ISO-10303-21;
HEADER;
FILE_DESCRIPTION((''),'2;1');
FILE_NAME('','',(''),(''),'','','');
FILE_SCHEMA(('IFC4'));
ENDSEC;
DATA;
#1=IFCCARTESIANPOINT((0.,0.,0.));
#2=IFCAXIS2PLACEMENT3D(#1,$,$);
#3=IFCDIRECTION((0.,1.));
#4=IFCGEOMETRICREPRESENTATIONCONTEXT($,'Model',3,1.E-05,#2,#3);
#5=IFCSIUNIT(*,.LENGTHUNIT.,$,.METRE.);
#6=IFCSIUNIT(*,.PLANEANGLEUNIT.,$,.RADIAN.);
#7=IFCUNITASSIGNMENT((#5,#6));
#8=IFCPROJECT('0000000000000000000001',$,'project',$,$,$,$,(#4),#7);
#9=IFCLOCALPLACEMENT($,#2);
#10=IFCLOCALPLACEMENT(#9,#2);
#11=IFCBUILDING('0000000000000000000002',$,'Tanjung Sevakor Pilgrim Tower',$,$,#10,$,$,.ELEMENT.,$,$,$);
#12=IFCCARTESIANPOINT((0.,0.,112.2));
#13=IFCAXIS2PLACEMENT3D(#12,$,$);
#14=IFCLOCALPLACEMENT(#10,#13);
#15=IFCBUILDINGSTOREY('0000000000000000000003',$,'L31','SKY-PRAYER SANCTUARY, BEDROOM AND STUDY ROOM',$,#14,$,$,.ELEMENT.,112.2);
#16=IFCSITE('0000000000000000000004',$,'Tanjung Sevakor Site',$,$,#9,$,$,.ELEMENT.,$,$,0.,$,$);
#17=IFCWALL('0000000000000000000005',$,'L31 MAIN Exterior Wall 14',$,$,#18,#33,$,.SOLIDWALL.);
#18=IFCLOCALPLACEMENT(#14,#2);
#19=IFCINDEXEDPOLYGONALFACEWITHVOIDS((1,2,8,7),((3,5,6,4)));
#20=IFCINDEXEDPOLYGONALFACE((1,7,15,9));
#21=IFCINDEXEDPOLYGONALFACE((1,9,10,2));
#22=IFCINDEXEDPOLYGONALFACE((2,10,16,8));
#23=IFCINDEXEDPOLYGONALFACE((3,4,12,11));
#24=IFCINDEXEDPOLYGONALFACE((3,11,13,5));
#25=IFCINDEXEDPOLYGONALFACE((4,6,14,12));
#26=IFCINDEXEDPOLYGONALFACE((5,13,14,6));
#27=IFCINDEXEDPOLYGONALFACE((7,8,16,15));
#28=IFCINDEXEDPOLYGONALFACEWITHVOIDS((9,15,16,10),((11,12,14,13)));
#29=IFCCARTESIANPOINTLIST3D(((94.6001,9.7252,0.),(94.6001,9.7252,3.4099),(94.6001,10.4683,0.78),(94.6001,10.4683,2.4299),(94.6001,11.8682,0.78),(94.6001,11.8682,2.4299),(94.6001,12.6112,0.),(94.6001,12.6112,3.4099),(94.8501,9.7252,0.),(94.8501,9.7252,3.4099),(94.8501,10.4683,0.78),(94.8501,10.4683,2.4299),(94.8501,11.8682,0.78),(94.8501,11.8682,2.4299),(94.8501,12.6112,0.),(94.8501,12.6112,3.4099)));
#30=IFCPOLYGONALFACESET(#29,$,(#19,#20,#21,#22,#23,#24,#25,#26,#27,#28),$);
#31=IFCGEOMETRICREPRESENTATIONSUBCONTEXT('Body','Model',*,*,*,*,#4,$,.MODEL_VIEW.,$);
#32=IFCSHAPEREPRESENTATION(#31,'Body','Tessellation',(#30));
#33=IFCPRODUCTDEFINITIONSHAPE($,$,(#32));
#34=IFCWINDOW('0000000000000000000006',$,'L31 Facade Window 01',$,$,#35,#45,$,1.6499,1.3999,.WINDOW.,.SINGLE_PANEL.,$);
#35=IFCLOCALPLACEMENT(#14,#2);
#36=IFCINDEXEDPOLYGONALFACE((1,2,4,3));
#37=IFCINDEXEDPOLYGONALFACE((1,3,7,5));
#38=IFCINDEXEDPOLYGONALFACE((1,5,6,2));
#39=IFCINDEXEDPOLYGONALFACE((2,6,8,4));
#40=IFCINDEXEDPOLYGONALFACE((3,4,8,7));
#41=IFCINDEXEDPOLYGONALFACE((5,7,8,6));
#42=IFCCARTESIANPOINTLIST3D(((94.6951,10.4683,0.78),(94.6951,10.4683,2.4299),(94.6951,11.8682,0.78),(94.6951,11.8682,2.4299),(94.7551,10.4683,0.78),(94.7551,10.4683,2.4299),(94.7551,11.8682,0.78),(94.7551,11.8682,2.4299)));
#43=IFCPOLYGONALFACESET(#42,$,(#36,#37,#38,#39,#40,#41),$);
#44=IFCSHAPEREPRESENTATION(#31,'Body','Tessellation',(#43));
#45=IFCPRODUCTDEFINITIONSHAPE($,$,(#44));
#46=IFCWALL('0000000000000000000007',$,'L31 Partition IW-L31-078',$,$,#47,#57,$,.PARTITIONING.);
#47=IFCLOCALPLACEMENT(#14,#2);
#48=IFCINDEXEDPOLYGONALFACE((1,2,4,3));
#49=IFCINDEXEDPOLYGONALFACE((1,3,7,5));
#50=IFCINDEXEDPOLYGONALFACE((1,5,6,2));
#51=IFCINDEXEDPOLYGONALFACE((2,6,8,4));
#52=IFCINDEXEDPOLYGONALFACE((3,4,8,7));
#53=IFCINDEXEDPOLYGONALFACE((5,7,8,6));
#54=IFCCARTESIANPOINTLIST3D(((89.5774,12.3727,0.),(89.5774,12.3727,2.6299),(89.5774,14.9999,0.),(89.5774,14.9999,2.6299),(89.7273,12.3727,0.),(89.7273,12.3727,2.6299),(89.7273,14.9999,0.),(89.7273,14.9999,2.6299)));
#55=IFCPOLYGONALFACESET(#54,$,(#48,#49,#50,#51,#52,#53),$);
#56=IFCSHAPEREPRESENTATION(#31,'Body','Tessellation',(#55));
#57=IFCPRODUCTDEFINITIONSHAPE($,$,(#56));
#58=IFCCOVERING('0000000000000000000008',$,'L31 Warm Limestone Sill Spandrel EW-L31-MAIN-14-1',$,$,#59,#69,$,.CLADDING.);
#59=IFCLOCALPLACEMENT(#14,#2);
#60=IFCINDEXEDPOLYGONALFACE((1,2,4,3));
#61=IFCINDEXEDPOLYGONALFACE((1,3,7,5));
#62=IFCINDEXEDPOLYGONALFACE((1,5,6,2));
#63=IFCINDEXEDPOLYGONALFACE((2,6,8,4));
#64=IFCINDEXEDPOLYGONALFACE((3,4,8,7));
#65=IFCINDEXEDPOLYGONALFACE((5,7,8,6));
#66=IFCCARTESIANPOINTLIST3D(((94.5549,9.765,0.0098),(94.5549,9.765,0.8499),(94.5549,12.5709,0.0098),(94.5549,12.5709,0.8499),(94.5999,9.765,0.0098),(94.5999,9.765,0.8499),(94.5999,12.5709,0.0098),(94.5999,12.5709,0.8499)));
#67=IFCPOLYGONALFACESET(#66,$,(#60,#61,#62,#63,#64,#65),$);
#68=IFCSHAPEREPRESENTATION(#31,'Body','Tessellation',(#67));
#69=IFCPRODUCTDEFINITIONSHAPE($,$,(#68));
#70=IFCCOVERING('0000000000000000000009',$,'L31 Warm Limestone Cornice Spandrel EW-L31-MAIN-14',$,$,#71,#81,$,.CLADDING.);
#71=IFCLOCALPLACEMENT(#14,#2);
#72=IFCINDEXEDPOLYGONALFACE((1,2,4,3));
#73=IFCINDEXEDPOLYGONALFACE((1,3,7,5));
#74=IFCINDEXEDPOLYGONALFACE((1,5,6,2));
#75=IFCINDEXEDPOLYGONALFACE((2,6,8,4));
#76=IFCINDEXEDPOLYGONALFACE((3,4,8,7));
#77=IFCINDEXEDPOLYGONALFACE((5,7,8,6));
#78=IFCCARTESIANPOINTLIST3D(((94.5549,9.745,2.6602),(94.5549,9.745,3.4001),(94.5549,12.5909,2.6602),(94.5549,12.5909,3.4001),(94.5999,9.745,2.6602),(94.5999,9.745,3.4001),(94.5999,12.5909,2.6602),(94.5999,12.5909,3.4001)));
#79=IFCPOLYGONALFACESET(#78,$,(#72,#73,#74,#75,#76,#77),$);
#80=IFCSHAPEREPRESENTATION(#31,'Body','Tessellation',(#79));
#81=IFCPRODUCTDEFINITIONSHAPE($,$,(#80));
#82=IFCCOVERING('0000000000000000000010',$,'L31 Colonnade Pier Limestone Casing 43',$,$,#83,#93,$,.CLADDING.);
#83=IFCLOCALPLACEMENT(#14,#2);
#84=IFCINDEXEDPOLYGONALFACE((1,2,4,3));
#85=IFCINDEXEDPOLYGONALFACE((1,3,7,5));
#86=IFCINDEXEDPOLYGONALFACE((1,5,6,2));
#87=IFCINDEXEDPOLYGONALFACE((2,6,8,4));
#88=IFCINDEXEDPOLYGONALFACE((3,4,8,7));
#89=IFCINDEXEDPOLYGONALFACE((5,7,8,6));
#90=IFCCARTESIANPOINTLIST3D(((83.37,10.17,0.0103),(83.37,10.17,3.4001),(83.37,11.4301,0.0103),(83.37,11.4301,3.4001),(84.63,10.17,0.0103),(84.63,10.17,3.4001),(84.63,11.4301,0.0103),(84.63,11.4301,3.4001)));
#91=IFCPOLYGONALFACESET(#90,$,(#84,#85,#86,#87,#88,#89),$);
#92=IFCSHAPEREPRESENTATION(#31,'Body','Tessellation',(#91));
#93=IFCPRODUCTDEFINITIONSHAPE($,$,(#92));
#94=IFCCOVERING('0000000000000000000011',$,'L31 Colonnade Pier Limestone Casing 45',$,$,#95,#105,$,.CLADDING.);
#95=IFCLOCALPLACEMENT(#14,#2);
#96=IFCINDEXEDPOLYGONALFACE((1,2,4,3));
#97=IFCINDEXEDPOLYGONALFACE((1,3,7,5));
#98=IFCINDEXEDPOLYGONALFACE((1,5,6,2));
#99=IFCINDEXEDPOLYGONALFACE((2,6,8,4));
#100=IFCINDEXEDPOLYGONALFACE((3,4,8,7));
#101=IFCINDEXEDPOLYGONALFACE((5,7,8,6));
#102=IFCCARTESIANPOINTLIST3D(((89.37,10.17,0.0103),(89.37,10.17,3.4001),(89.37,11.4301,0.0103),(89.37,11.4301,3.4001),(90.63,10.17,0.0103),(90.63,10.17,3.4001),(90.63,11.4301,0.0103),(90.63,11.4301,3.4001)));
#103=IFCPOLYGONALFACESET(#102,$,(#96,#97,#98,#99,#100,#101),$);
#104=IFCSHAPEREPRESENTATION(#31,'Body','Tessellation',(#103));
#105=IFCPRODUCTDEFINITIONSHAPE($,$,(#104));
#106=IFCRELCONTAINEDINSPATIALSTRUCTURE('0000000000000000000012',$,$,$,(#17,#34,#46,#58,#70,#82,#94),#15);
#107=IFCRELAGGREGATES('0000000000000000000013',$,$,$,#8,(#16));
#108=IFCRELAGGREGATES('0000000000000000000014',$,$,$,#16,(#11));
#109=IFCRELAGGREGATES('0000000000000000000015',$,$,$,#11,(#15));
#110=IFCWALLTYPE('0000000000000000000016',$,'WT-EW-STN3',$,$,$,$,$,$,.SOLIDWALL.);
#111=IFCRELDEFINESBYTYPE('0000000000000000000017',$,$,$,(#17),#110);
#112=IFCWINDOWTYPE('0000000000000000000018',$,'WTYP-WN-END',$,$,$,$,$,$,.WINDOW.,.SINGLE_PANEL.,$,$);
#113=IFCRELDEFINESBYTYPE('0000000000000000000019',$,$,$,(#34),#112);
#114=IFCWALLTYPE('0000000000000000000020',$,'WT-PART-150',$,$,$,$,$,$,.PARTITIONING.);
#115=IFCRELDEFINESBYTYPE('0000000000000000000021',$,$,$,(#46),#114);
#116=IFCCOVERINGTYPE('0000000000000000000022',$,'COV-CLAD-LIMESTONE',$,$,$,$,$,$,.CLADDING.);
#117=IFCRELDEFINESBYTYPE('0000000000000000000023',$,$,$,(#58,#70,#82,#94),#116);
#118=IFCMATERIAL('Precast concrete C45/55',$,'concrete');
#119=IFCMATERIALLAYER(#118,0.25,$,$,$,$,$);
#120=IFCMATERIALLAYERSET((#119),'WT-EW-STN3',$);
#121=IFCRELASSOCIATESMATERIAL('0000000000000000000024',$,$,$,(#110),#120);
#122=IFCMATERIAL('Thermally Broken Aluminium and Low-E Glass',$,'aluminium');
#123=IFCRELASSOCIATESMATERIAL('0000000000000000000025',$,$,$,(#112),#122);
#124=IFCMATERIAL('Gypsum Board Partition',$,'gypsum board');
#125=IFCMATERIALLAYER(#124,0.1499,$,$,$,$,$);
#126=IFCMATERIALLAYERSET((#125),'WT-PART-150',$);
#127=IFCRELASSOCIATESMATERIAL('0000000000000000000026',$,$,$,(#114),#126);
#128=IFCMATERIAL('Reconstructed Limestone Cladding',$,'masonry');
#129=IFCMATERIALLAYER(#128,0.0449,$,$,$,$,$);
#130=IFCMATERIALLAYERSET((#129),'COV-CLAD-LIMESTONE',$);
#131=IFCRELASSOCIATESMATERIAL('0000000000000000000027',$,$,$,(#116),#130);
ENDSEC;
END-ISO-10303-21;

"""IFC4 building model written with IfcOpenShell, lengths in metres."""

from ifc_helpers import new_model, si_unit, direction, frame, frame_2d, origin, origin_2d, place, context, subcontext, project, spatial, rectangle, extrude, material, layer, layer_set, type_object, element, fill, save


model = new_model("IFC4")

# Units and contexts
model_context = context("Model", 3, precision=1e-05, world=origin(), true_north=direction((0.0, 1.0)))
body_context = subcontext(model_context, "Body", "Model", "MODEL_VIEW")
ifc_project = project(units=[si_unit("LENGTHUNIT", "METRE"), si_unit("PLANEANGLEUNIT", "RADIAN")], contexts=[model_context])

# Site, building, storey
site_placement = place(None, origin())
site = spatial("IfcSite", under=ifc_project, at=site_placement, Name="Tanjung Sevakor Site", CompositionType="ELEMENT", RefElevation=0.0)
building_placement = place(site_placement, origin())
building = spatial("IfcBuilding", under=site, at=building_placement, Name="Tanjung Sevakor Pilgrim Tower", CompositionType="ELEMENT")
storey_placement = place(building_placement, frame((0.0, 0.0, 112.2)))
storey = spatial("IfcBuildingStorey", under=building, at=storey_placement, Name="L31", Description="SKY-PRAYER SANCTUARY, BEDROOM AND STUDY ROOM", CompositionType="ELEMENT", Elevation=112.2)

# Wall, opening, window
ifc_material_1 = material(Name="Precast concrete C45/55", Category="concrete")
ifc_layer_1 = layer(ifc_material_1, 0.25)
ifc_layer_set_1 = layer_set([ifc_layer_1], Name="WT-EW-STN3")
wall_type_1 = type_object("IfcWallType", Name="WT-EW-STN3", PredefinedType="SOLIDWALL", material=ifc_layer_set_1)
wall_1_placement = place(storey_placement, frame((94.7251, 12.6111, 0.0), z_axis=(0.0, 0.0, 1.0), x_axis=(0.0, -1.0, 0.0)))
wall_1 = element("IfcWall", 1, at=wall_1_placement, inside=storey, type_object=wall_type_1, Name="L31 MAIN Exterior Wall 14", PredefinedType="SOLIDWALL", context=body_context, shape_type="SweptSolid", body=[
    extrude(rectangle(XDim=2.886, YDim=0.25, at=frame_2d((1.4429, 0.0))), origin(), (0.0, 0.0, 1.0), 3.4099),
])
opening_placement = place(wall_1_placement, frame((0.7429, 0.0, 0.78)))
opening = element("IfcOpeningElement", 2, at=opening_placement, cuts=wall_1, PredefinedType="OPENING", context=body_context, shape_type="SweptSolid", body=[
    extrude(rectangle(XDim=1.3999, YDim=1.6499, at=frame_2d((0.7, 0.825))), frame((0.0, 0.135, 0.0), z_axis=(0.0, -1.0, 0.0), x_axis=(1.0, 0.0, 0.0)), (0.0, 0.0, 1.0), 0.27),
])
ifc_material_2 = material(Name="Thermally Broken Aluminium and Low-E Glass", Category="aluminium")
window_type = type_object("IfcWindowType", Name="WTYP-WN-END", PartitioningType="SINGLE_PANEL", PredefinedType="WINDOW", material=ifc_material_2)
window_placement = place(opening_placement, origin())
window = element("IfcWindow", 3, at=window_placement, inside=storey, type_object=window_type, Name="L31 Facade Window 01", OverallHeight=1.6499, OverallWidth=1.3999, PartitioningType="SINGLE_PANEL", PredefinedType="WINDOW", context=body_context, shape_type="SweptSolid", body=[
    extrude(rectangle(XDim=1.3999, YDim=1.6499, at=frame_2d((0.7, 0.825))), frame((0.0, 0.03, 0.0), z_axis=(0.0, -1.0, 0.0), x_axis=(1.0, 0.0, 0.0)), (0.0, 0.0, 1.0), 0.0601),
])
fill(opening, window)

# Wall
ifc_material_3 = material(Name="Gypsum Board Partition", Category="gypsum board")
ifc_layer_2 = layer(ifc_material_3, 0.1499)
ifc_layer_set_2 = layer_set([ifc_layer_2], Name="WT-PART-150")
wall_type_2 = type_object("IfcWallType", Name="WT-PART-150", PredefinedType="PARTITIONING", material=ifc_layer_set_2)
wall_2_placement = place(storey_placement, frame((89.6523, 12.3728, 0.0), z_axis=(0.0, 0.0, 1.0), x_axis=(0.0, 1.0, 0.0)))
element("IfcWall", 4, at=wall_2_placement, inside=storey, type_object=wall_type_2, Name="L31 Partition IW-L31-078", PredefinedType="PARTITIONING", context=body_context, shape_type="SweptSolid", body=[
    extrude(rectangle(XDim=2.6272, YDim=0.1499, at=frame_2d((1.3135, 0.0))), origin(), (0.0, 0.0, 1.0), 2.6299),
])

# Coverings
ifc_material_4 = material(Name="Reconstructed Limestone Cladding", Category="masonry")
ifc_layer_3 = layer(ifc_material_4, 0.0449)
ifc_layer_set_3 = layer_set([ifc_layer_3], Name="COV-CLAD-LIMESTONE")
covering_type = type_object("IfcCoveringType", Name="COV-CLAD-LIMESTONE", PredefinedType="CLADDING", material=ifc_layer_set_3)
covering_1_placement = place(storey_placement, frame((94.5774, 11.168, 0.0098), z_axis=(0.0, 0.0, 1.0), x_axis=(0.0, -1.0, 0.0)))
element("IfcCovering", 5, at=covering_1_placement, inside=storey, type_object=covering_type, Name="L31 Warm Limestone Sill Spandrel EW-L31-MAIN-14-1", PredefinedType="CLADDING", context=body_context, shape_type="SweptSolid", body=[
    extrude(rectangle(XDim=2.8059, YDim=0.0449, at=origin_2d()), origin(), (0.0, 0.0, 1.0), 0.8401),
])
covering_2_placement = place(storey_placement, frame((94.5774, 11.168, 2.6602), z_axis=(0.0, 0.0, 1.0), x_axis=(0.0, -1.0, 0.0)))
element("IfcCovering", 6, at=covering_2_placement, inside=storey, type_object=covering_type, Name="L31 Warm Limestone Cornice Spandrel EW-L31-MAIN-14", PredefinedType="CLADDING", context=body_context, shape_type="SweptSolid", body=[
    extrude(rectangle(XDim=2.8459, YDim=0.0449, at=origin_2d()), origin(), (0.0, 0.0, 1.0), 0.74),
])
for number, where, z_axis, x_axis, name in (
    (7, (84.0, 10.8, 0.0103), (0.0, 0.0, 1.0), (1.0, 0.0, 0.0), "L31 Colonnade Pier Limestone Casing 43"),
    (8, (90.0, 10.8, 0.0103), (0.0, 0.0, 1.0), (1.0, 0.0, 0.0), "L31 Colonnade Pier Limestone Casing 45"),
):
    element("IfcCovering", number, at=place(storey_placement, frame(where, z_axis=z_axis, x_axis=x_axis)), inside=storey, type_object=covering_type, Name=name, PredefinedType="CLADDING", context=body_context, shape_type="SweptSolid", body=[
        extrude(rectangle(XDim=1.26, YDim=1.26, at=origin_2d()), origin(), (0.0, 0.0, 1.0), 3.3899),
    ])

save(model, "model.ifc")
